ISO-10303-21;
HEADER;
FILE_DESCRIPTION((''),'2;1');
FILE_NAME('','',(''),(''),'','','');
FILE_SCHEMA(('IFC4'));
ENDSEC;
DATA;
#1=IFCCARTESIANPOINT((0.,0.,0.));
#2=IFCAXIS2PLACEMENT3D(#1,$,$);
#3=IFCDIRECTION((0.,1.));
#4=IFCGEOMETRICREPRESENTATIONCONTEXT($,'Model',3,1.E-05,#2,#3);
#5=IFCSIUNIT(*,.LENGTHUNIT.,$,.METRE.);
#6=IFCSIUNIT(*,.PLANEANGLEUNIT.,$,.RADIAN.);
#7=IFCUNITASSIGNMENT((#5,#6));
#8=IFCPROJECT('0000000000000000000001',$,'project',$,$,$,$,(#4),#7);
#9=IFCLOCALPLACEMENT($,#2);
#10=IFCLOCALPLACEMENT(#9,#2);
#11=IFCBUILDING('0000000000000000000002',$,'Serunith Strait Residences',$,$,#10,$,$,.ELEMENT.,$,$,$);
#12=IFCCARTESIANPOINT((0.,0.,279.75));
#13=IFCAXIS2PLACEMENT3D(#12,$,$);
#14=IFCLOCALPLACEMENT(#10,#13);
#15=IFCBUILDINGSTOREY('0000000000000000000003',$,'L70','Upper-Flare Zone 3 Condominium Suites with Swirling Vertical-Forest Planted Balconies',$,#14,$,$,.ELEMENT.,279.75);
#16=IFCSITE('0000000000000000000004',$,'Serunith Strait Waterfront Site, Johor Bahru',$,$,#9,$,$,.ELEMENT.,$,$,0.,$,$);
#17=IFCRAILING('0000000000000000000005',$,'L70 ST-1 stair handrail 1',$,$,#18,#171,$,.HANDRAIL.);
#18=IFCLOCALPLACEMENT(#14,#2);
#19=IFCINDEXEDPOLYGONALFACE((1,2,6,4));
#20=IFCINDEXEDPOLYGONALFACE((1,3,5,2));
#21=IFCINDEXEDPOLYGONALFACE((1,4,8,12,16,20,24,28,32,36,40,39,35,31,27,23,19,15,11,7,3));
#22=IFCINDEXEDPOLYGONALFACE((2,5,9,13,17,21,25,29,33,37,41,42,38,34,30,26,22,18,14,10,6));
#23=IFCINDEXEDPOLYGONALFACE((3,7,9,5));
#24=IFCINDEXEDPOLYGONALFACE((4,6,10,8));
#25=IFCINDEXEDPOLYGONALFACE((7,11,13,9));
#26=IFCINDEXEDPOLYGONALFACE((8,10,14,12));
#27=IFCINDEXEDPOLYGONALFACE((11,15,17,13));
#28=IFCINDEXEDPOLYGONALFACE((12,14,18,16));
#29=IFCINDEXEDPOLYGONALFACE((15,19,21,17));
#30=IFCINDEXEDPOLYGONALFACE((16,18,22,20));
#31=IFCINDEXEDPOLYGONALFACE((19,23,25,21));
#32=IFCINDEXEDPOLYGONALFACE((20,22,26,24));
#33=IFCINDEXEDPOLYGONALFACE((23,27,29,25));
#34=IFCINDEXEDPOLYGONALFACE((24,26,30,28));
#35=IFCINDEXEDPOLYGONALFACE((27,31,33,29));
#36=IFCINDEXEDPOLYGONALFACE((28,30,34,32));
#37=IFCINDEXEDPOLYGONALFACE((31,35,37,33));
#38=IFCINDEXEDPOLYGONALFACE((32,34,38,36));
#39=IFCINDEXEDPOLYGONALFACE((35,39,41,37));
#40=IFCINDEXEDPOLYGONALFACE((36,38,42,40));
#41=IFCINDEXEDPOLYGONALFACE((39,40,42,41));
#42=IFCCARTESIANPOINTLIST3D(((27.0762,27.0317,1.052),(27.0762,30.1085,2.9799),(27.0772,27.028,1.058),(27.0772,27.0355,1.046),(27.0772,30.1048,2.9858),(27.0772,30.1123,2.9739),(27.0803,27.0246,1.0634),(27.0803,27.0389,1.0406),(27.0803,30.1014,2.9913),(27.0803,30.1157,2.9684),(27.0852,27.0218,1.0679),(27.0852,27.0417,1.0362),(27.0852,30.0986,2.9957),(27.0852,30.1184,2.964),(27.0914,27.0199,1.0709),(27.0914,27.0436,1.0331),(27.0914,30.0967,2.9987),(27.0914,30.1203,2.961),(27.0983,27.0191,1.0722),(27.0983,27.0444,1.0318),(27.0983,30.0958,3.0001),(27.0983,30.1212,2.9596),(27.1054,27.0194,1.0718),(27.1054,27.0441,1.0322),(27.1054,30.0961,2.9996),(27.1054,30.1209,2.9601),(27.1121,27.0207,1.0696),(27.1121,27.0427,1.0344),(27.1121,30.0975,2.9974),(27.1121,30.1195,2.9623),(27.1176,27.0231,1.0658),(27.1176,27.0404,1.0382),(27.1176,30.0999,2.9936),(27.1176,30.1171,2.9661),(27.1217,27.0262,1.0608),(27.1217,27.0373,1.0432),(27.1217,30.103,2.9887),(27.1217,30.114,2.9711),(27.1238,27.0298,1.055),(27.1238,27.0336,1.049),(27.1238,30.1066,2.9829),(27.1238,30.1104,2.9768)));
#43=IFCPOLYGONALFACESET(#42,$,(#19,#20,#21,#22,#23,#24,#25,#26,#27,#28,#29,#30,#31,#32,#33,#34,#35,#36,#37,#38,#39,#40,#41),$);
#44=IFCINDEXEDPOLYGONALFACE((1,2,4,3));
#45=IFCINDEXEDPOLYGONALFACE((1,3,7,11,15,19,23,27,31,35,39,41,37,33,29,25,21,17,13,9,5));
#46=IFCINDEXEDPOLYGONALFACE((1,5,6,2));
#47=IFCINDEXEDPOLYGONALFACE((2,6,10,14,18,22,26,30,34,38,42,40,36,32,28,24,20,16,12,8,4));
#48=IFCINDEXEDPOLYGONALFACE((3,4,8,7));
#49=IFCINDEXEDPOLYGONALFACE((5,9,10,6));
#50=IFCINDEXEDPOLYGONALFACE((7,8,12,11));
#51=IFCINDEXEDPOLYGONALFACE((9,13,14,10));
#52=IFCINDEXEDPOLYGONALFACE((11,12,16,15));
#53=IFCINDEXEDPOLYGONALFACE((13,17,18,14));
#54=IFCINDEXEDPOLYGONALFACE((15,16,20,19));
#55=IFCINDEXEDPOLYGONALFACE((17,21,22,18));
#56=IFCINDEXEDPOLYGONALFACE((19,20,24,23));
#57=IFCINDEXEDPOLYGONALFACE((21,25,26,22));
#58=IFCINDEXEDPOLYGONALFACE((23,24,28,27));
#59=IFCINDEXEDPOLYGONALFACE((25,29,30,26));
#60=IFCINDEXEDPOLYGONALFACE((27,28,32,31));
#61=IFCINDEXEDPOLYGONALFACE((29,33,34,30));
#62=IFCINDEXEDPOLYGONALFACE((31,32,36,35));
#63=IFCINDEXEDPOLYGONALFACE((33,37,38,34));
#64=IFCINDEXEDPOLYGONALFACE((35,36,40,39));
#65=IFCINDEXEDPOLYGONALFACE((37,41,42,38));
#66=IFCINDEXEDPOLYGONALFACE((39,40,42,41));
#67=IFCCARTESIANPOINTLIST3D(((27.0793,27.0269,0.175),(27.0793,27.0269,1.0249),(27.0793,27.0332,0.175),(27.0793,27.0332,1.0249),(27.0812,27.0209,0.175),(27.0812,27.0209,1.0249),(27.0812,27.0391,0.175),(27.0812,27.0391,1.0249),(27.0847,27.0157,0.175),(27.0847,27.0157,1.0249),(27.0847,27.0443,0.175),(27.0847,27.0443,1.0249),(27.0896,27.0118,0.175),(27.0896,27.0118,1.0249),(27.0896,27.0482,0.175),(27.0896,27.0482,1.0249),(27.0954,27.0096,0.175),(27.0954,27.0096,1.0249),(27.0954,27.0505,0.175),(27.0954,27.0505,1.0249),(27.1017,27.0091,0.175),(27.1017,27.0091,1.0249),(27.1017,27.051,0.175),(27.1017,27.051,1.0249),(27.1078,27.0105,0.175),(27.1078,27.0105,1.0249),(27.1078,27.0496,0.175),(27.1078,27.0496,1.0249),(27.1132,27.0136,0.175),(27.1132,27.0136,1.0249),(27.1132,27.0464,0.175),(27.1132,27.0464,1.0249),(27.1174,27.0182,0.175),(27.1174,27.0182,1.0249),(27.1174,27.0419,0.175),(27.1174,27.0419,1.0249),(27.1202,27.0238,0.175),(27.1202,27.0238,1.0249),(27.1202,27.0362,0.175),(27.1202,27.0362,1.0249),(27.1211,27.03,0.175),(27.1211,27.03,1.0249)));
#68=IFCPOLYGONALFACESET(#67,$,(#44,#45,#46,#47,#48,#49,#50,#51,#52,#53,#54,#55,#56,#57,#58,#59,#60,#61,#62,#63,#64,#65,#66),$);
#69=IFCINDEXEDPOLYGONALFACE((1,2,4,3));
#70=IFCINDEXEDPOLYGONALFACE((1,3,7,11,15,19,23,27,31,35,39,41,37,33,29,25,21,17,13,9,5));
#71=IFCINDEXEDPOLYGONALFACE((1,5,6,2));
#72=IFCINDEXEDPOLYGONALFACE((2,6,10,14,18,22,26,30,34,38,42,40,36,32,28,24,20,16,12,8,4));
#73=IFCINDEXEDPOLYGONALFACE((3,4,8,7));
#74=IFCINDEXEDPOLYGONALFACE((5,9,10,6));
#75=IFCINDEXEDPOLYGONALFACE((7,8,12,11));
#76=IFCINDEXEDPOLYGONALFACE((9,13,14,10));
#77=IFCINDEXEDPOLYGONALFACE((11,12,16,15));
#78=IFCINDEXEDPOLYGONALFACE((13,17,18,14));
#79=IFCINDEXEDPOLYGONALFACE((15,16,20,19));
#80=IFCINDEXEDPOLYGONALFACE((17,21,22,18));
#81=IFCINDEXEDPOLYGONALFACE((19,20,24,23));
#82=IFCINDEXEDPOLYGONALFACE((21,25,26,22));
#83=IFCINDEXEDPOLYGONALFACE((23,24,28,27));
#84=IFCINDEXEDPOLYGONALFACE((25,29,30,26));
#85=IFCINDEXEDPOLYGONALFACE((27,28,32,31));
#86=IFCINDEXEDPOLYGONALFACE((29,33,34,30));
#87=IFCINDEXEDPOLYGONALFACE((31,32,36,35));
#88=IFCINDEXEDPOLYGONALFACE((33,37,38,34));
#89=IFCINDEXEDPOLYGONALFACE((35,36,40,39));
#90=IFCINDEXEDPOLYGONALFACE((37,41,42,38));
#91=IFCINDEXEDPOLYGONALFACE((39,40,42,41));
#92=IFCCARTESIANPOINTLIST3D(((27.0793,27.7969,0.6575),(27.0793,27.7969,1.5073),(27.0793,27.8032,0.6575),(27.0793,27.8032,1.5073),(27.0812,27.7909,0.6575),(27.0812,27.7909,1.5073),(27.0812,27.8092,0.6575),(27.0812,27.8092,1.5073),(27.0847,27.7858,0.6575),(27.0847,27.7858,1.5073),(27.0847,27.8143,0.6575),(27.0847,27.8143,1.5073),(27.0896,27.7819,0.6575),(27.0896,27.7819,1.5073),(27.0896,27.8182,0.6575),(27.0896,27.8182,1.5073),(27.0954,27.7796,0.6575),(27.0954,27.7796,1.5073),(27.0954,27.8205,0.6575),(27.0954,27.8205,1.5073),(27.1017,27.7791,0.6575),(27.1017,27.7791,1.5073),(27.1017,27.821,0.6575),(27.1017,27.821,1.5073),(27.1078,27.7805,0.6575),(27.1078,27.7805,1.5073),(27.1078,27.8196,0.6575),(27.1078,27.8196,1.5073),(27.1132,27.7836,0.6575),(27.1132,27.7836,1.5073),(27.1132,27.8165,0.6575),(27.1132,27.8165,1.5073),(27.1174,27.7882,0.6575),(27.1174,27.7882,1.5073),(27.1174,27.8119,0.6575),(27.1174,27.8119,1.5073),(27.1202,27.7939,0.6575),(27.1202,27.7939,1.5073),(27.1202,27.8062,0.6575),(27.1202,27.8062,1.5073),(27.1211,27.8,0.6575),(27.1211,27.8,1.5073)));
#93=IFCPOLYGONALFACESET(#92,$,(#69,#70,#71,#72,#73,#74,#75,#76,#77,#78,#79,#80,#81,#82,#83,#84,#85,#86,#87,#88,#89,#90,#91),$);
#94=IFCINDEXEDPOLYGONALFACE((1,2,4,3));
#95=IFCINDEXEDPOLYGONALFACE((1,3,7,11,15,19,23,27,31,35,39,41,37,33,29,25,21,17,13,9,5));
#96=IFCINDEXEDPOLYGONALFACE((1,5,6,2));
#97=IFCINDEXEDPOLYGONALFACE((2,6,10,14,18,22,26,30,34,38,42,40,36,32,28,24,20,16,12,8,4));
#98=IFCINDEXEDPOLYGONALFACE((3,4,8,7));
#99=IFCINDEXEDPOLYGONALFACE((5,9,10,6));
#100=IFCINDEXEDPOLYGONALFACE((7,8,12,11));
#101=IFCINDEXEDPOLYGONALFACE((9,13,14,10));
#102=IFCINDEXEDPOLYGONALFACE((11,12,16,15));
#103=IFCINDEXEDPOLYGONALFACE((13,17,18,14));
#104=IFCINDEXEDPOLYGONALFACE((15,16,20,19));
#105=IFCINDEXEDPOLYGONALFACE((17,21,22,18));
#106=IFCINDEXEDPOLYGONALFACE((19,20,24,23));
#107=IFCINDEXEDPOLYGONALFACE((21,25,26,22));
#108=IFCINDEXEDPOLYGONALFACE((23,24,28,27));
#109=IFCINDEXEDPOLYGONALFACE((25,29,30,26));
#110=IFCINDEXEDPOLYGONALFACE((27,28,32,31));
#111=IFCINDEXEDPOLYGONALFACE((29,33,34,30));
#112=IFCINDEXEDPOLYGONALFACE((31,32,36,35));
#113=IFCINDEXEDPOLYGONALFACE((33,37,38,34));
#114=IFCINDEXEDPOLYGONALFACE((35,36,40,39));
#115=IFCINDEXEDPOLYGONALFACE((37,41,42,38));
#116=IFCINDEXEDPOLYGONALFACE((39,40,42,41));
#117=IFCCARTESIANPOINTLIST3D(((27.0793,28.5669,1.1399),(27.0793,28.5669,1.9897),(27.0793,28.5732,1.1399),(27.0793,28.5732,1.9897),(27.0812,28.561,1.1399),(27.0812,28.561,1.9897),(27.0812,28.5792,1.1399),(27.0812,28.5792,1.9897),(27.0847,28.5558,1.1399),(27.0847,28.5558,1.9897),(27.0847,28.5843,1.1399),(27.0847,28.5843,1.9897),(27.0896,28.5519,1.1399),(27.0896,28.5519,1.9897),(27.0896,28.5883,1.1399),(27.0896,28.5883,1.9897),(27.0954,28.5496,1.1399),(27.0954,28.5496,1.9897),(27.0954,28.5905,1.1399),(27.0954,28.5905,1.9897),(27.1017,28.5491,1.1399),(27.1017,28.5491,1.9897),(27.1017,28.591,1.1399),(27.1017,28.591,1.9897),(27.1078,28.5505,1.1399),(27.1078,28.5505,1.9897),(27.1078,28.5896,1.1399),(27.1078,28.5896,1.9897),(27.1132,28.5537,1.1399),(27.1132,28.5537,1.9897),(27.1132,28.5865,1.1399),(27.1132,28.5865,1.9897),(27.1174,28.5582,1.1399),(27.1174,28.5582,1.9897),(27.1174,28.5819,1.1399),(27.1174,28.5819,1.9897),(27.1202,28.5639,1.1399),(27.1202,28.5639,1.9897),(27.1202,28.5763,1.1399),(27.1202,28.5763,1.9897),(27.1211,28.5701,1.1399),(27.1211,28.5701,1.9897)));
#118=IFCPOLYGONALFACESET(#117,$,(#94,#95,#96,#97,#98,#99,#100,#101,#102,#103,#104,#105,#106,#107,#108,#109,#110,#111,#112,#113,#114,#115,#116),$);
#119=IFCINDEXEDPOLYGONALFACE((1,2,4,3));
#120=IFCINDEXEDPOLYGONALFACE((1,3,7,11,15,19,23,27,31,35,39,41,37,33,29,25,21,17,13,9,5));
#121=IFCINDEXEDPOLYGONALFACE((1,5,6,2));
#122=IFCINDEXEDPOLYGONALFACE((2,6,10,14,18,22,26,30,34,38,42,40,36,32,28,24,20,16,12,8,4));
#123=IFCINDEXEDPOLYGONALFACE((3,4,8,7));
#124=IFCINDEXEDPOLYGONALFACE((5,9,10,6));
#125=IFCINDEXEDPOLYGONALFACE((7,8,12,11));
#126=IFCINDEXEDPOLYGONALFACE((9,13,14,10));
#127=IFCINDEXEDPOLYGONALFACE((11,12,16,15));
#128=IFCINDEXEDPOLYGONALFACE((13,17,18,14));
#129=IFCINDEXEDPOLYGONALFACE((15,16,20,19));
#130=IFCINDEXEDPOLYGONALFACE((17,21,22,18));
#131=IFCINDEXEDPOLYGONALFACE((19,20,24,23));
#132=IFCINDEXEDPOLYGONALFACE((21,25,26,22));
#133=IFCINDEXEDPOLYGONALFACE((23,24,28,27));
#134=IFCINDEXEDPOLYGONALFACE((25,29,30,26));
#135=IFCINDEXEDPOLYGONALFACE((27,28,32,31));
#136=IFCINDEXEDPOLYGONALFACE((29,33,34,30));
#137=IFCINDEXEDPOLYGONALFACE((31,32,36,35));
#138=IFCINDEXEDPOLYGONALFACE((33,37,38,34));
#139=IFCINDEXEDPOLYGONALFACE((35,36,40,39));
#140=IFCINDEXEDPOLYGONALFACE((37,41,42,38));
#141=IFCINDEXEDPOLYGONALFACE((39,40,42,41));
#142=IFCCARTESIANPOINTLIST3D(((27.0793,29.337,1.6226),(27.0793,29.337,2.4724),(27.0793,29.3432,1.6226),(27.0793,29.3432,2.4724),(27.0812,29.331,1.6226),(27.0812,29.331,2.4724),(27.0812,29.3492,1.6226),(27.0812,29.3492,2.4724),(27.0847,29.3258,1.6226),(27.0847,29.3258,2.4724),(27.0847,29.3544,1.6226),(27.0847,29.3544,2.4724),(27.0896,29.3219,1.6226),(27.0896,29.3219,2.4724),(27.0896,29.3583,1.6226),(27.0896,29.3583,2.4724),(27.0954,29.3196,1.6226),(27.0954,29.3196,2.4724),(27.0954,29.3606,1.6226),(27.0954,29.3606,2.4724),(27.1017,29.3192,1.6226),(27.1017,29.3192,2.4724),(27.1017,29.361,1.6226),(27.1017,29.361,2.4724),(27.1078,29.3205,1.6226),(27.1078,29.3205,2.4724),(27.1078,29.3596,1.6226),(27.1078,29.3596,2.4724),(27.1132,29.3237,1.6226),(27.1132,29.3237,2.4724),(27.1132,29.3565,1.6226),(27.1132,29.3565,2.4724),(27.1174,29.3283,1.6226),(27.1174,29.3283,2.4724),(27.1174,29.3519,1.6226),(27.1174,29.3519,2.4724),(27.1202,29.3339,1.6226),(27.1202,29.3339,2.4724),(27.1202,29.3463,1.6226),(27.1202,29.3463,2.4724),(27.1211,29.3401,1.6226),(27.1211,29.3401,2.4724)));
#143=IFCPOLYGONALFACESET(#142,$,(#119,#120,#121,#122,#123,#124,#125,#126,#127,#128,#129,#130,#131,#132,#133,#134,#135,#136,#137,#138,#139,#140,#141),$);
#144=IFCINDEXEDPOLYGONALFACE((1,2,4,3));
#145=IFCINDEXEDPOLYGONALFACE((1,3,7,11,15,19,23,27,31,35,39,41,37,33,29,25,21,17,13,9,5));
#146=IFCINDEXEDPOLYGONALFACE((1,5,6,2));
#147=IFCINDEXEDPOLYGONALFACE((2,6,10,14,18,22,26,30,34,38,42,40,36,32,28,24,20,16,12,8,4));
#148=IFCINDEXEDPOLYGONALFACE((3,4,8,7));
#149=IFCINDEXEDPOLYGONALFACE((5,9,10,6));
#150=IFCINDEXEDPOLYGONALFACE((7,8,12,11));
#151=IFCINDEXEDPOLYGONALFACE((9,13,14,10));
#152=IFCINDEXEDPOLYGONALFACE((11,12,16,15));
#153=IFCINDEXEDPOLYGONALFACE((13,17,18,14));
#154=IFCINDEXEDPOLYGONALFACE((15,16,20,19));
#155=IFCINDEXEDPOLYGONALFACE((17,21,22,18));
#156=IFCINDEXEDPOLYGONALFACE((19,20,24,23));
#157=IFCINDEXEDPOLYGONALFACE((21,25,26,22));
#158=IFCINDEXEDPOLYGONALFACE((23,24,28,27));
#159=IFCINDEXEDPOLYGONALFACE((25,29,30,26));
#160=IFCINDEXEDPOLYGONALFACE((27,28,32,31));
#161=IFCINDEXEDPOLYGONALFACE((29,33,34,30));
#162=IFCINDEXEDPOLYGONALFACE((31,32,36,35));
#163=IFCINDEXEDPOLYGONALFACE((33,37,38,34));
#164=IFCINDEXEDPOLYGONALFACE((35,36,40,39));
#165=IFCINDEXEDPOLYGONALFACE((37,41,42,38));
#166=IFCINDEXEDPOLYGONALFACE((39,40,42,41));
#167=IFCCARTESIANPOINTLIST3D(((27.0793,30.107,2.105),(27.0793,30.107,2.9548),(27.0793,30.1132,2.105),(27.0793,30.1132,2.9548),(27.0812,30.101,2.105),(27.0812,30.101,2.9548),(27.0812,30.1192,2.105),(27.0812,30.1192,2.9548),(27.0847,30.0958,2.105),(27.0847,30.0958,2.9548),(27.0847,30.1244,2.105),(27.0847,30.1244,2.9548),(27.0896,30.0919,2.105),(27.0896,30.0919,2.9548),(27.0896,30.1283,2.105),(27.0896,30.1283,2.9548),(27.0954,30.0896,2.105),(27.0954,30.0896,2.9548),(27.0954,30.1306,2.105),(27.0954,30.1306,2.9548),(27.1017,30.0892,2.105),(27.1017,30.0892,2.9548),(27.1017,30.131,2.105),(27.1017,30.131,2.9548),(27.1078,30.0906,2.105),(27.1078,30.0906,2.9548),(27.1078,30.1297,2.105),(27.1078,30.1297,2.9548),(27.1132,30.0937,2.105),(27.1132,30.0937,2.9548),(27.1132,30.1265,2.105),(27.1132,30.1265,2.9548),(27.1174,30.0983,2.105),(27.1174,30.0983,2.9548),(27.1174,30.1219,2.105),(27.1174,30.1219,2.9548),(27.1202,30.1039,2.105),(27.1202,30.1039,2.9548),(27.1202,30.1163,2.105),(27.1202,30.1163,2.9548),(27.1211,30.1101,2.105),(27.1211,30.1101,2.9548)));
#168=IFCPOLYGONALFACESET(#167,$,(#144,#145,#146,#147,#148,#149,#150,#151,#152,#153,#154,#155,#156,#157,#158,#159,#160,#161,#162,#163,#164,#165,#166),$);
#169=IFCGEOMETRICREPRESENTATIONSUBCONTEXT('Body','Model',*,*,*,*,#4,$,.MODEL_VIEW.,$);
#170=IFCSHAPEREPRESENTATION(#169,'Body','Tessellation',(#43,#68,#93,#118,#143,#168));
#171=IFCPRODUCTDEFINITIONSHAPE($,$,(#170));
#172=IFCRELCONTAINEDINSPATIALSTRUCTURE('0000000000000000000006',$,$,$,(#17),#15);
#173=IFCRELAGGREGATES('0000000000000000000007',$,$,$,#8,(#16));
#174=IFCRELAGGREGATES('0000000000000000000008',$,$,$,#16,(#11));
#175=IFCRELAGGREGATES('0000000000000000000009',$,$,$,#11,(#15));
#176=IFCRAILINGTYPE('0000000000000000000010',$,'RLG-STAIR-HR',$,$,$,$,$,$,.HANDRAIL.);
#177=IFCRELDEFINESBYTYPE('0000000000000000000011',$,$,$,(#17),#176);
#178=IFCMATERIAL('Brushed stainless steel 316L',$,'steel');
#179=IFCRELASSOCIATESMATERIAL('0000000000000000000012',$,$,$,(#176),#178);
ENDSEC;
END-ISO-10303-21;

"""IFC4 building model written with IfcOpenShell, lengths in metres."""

from ifc_helpers import new_model, si_unit, direction, frame, origin, origin_2d, place, context, subcontext, project, spatial, circle, extrude, material, type_object, element, save


model = new_model("IFC4")

# Units and contexts
model_context = context("Model", 3, precision=1e-05, world=origin(), true_north=direction((0.0, 1.0)))
body_context = subcontext(model_context, "Body", "Model", "MODEL_VIEW")
ifc_project = project(units=[si_unit("LENGTHUNIT", "METRE"), si_unit("PLANEANGLEUNIT", "RADIAN")], contexts=[model_context])

# Site, building, storey
site_placement = place(None, origin())
site = spatial("IfcSite", under=ifc_project, at=site_placement, Name="Serunith Strait Waterfront Site, Johor Bahru", CompositionType="ELEMENT", RefElevation=0.0)
building_placement = place(site_placement, origin())
building = spatial("IfcBuilding", under=site, at=building_placement, Name="Serunith Strait Residences", CompositionType="ELEMENT")
storey_placement = place(building_placement, frame((0.0, 0.0, 279.75)))
storey = spatial("IfcBuildingStorey", under=building, at=storey_placement, Name="L70", Description="Upper-Flare Zone 3 Condominium Suites with Swirling Vertical-Forest Planted Balconies", CompositionType="ELEMENT", Elevation=279.75)

# Railing
ifc_material_1 = material(Name="Brushed stainless steel 316L", Category="steel")
railing_type_1 = type_object("IfcRailingType", Name="RLG-STAIR-HR", PredefinedType="HANDRAIL", material=ifc_material_1)
railing_1_placement = place(storey_placement, frame((27.1001, 27.03, 0.175)))
element("IfcRailing", 1, at=railing_1_placement, inside=storey, type_object=railing_type_1, Name="L70 ST-1 stair handrail 1", PredefinedType="HANDRAIL", context=body_context, shape_type="SweptSolid", body=[
    extrude(circle(Radius=0.0239, at=origin_2d()), frame((0.0, 0.0017, 0.877), z_axis=(0.0, 0.847394, 0.530965), x_axis=(-1.0, 0.0, 0.0)), (0.0, 0.0, 1.0), 3.6309),
    extrude(circle(Radius=0.021, at=origin_2d()), origin(), (0.0, 0.0, 1.0), 0.8499),
    extrude(circle(Radius=0.021, at=origin_2d()), frame((0.0, 0.77, 0.4824)), (0.0, 0.0, 1.0), 0.8499),
    extrude(circle(Radius=0.021, at=origin_2d()), frame((0.0, 1.54, 0.9648)), (0.0, 0.0, 1.0), 0.8499),
    extrude(circle(Radius=0.021, at=origin_2d()), frame((0.0, 2.3101, 1.4475)), (0.0, 0.0, 1.0), 0.8499),
    extrude(circle(Radius=0.021, at=origin_2d()), frame((0.0, 3.0801, 1.9299)), (0.0, 0.0, 1.0), 0.8499),
])

save(model, "model.ifc")
